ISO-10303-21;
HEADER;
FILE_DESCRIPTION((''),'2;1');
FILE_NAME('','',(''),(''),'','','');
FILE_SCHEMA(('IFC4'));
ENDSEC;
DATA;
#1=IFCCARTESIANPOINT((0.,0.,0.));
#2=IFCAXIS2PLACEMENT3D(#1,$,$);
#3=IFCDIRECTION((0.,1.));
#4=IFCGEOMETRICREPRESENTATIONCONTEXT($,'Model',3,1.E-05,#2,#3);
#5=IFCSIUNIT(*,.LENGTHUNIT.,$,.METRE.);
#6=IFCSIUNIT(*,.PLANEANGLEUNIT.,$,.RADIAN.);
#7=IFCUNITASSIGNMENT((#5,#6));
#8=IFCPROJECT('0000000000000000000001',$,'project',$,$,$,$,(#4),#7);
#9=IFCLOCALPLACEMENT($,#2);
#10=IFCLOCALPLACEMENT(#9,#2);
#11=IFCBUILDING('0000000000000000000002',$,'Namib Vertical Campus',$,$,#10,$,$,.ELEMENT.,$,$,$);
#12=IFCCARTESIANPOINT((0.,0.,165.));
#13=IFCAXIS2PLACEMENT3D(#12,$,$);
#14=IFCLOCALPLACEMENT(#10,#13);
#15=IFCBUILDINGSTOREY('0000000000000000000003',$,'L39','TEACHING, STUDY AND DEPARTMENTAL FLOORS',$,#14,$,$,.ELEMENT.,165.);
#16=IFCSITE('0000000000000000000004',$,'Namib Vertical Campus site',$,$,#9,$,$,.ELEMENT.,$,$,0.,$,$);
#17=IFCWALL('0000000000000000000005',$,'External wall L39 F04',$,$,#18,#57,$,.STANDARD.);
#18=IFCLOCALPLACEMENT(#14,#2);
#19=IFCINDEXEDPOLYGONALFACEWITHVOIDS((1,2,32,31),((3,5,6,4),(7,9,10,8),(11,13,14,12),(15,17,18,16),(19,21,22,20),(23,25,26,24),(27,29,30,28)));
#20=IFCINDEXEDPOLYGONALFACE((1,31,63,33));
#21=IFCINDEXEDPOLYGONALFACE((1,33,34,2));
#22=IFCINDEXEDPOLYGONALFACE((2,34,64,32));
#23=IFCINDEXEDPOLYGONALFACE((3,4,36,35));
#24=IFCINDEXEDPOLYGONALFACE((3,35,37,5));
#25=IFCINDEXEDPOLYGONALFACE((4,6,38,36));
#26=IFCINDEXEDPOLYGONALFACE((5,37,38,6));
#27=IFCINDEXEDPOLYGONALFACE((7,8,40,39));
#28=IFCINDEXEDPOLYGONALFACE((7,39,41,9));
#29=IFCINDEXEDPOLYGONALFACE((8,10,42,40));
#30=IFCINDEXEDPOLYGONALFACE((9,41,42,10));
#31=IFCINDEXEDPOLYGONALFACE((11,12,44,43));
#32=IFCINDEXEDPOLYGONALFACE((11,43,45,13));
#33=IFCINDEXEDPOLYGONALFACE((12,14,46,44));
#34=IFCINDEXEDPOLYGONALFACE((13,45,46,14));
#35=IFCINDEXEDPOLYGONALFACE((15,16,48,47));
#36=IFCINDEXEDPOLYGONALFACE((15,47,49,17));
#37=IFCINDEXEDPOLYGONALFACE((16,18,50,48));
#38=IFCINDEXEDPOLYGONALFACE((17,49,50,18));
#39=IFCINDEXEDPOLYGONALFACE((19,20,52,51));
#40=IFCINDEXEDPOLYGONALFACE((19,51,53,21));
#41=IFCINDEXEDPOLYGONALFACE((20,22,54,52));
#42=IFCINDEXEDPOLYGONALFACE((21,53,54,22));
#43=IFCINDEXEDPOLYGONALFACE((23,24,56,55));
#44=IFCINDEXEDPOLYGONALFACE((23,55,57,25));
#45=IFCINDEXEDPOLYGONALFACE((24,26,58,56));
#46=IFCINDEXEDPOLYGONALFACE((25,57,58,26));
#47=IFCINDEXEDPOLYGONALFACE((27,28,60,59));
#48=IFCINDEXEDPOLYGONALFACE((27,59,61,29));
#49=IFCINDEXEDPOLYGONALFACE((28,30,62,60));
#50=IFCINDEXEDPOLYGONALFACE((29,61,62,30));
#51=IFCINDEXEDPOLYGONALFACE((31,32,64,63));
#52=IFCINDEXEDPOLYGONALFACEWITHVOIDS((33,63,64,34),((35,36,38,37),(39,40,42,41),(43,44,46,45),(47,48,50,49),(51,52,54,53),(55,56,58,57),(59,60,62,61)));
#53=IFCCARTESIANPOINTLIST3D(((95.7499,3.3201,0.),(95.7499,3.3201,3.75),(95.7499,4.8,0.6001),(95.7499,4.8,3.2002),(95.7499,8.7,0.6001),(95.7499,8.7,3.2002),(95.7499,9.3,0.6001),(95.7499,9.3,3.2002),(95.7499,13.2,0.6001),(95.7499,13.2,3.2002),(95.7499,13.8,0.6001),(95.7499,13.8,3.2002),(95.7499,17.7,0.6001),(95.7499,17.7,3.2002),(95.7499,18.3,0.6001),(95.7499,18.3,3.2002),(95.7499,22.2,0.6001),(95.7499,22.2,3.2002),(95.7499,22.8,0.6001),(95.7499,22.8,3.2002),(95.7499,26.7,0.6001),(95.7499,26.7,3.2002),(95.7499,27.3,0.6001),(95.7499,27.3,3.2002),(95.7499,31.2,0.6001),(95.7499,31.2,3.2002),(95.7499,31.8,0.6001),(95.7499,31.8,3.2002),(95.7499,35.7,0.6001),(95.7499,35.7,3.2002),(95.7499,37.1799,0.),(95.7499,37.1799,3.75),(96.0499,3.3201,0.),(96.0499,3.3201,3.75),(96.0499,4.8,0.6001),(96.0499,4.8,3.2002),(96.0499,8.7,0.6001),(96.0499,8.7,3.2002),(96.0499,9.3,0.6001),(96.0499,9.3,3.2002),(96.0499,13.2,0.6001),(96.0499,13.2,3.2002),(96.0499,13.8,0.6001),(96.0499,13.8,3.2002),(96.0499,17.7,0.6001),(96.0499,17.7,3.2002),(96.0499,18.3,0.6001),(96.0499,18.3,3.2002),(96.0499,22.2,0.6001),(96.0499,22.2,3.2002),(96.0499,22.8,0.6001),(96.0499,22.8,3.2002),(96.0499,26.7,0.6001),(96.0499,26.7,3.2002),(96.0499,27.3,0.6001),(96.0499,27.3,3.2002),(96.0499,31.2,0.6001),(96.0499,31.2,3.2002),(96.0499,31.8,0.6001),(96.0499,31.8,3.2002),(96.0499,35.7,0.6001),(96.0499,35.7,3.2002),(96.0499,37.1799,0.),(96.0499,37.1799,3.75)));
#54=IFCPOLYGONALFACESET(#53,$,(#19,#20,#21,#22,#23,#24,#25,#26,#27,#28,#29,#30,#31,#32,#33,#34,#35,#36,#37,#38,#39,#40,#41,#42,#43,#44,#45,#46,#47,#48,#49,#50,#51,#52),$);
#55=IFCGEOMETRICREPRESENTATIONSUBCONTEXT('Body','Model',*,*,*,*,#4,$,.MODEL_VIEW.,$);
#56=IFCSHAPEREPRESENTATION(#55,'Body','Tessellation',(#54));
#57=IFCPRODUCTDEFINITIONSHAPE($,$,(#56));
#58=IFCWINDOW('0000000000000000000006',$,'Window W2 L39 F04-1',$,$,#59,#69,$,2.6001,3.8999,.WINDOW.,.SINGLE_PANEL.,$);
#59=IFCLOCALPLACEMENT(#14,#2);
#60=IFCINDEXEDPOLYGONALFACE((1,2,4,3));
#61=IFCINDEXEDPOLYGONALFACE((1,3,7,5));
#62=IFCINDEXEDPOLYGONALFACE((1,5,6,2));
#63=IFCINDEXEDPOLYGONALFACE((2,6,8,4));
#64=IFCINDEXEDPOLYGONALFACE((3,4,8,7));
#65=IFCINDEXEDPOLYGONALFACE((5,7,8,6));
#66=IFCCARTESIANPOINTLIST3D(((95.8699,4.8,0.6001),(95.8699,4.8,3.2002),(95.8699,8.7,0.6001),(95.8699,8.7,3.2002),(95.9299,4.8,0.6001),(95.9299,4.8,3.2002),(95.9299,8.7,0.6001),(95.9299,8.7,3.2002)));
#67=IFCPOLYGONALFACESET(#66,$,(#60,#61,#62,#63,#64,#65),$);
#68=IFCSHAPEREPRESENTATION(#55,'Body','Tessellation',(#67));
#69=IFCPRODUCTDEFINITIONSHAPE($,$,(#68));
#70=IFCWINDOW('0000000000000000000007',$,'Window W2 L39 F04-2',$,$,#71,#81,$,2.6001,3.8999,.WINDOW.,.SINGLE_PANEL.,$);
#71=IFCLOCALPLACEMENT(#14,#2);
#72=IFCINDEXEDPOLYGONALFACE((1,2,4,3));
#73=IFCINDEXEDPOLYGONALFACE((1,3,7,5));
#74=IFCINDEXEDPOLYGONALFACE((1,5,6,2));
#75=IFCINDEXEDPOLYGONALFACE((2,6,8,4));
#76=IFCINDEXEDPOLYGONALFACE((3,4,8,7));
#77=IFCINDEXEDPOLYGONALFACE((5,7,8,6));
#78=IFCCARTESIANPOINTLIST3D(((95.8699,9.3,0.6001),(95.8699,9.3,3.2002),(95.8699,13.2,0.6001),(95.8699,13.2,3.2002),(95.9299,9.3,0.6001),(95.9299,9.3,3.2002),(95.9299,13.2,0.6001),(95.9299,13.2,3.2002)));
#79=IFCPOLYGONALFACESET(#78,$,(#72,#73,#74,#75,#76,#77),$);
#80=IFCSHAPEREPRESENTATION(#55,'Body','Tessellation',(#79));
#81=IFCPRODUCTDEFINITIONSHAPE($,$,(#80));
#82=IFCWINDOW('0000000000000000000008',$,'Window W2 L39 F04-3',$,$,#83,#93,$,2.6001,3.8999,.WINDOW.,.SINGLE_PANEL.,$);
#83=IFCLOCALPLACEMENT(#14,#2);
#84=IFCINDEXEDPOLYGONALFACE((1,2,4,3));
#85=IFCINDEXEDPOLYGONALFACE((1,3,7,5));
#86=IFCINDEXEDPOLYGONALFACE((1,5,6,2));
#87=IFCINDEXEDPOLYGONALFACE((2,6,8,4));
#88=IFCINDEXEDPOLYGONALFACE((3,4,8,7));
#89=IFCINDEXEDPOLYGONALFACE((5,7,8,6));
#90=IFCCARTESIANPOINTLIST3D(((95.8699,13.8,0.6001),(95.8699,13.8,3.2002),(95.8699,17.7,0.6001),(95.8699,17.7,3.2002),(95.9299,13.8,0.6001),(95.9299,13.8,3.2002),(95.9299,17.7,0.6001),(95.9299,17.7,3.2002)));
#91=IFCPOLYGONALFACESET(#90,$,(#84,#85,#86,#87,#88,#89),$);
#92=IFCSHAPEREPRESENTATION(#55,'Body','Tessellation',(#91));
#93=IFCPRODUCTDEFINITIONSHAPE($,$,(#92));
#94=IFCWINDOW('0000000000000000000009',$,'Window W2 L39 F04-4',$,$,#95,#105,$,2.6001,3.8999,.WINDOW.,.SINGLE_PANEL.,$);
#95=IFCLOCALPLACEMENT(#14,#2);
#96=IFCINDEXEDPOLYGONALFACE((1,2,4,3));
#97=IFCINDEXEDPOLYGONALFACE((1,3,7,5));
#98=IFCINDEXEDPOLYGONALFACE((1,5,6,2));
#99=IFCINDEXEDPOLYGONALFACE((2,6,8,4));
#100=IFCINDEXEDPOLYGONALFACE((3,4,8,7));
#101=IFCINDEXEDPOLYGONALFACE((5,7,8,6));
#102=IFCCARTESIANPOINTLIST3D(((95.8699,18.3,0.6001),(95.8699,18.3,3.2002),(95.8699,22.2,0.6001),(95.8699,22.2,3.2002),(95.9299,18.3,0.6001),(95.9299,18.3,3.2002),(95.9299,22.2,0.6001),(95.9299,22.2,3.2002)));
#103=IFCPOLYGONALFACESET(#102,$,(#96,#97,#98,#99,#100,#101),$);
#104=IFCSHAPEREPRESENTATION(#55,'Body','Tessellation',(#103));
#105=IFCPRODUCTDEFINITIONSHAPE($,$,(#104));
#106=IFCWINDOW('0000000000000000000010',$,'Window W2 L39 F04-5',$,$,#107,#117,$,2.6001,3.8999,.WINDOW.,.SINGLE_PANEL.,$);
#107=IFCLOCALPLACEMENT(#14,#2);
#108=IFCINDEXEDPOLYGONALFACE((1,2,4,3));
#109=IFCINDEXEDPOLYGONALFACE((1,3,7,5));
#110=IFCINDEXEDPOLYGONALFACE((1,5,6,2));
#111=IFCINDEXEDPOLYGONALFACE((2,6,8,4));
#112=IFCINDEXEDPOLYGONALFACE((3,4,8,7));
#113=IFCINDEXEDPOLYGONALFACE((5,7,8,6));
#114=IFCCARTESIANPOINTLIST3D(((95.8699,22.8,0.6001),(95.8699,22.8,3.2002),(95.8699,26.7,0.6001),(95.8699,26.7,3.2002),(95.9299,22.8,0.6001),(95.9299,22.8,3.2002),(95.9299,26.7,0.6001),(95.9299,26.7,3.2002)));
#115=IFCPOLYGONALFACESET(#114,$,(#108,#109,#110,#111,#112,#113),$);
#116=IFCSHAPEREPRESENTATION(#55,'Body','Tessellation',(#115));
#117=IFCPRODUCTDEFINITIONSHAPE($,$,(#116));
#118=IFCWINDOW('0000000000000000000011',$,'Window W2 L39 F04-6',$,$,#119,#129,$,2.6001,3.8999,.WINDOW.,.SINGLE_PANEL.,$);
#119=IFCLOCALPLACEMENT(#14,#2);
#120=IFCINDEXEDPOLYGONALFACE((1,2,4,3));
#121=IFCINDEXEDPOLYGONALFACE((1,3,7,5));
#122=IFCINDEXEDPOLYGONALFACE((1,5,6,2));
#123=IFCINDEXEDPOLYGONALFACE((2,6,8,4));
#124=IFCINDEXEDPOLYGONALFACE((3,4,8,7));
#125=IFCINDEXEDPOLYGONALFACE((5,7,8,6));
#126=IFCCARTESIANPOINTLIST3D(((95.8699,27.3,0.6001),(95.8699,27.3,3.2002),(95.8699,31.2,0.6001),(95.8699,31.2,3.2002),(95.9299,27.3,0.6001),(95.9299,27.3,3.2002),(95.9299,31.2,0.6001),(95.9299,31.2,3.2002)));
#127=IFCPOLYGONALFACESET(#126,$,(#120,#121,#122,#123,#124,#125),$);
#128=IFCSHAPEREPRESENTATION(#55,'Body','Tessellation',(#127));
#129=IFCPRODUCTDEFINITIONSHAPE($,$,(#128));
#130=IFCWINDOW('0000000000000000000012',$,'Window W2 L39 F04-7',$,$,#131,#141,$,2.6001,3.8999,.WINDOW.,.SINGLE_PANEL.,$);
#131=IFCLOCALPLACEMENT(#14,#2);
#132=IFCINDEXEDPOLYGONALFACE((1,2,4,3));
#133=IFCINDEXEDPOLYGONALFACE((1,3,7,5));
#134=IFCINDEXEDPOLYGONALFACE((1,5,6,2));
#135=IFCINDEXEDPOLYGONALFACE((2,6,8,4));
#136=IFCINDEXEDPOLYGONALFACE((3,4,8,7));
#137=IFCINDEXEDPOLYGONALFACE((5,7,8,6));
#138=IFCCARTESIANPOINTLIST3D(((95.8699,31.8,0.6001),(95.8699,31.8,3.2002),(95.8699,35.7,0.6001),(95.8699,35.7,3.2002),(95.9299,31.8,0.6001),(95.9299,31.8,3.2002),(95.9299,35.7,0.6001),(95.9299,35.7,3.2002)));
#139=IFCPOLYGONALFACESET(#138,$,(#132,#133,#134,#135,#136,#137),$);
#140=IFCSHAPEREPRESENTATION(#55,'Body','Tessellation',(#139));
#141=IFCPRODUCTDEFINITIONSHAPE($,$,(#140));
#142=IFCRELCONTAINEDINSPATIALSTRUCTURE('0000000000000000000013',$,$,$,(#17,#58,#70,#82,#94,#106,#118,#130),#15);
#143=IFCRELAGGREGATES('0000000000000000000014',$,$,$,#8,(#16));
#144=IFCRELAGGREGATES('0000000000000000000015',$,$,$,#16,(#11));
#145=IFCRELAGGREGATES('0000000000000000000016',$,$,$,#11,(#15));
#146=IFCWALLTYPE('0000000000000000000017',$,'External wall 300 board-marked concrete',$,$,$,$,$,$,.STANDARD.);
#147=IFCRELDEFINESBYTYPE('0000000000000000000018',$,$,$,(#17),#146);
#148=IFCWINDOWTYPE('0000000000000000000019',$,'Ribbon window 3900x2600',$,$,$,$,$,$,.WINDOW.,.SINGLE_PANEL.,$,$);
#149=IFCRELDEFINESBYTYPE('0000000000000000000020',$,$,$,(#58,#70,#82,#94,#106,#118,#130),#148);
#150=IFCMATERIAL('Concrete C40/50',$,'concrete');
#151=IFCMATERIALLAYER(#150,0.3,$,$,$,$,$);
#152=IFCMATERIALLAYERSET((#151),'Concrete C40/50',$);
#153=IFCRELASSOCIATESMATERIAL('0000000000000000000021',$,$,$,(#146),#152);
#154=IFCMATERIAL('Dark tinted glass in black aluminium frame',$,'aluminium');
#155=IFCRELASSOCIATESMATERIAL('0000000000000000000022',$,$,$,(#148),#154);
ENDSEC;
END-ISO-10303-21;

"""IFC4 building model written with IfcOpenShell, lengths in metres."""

from ifc_helpers import new_model, si_unit, direction, frame, frame_2d, origin, place, context, subcontext, project, spatial, rectangle, extrude, material, layer, layer_set, type_object, element, fill, save


model = new_model("IFC4")

# Units and contexts
model_context = context("Model", 3, precision=1e-05, world=origin(), true_north=direction((0.0, 1.0)))
body_context = subcontext(model_context, "Body", "Model", "MODEL_VIEW")
ifc_project = project(units=[si_unit("LENGTHUNIT", "METRE"), si_unit("PLANEANGLEUNIT", "RADIAN")], contexts=[model_context])

# Site, building, storey
site_placement = place(None, origin())
site = spatial("IfcSite", under=ifc_project, at=site_placement, Name="Namib Vertical Campus site", CompositionType="ELEMENT", RefElevation=0.0)
building_placement = place(site_placement, origin())
building = spatial("IfcBuilding", under=site, at=building_placement, Name="Namib Vertical Campus", CompositionType="ELEMENT")
storey_placement = place(building_placement, frame((0.0, 0.0, 165.0)))
storey = spatial("IfcBuildingStorey", under=building, at=storey_placement, Name="L39", Description="TEACHING, STUDY AND DEPARTMENTAL FLOORS", CompositionType="ELEMENT", Elevation=165.0)

# Wall, openings, windows
ifc_material_1 = material(Name="Concrete C40/50", Category="concrete")
ifc_layer_1 = layer(ifc_material_1, 0.3)
ifc_layer_set_1 = layer_set([ifc_layer_1], Name="Concrete C40/50")
wall_type_1 = type_object("IfcWallType", Name="External wall 300 board-marked concrete", PredefinedType="STANDARD", material=ifc_layer_set_1)
wall_1_placement = place(storey_placement, frame((95.8999, 3.3201, 0.0), z_axis=(0.0, 0.0, 1.0), x_axis=(0.0, 1.0, 0.0)))
wall_1 = element("IfcWall", 1, at=wall_1_placement, inside=storey, type_object=wall_type_1, Name="External wall L39 F04", PredefinedType="STANDARD", context=body_context, shape_type="SweptSolid", body=[
    extrude(rectangle(XDim=33.8599, YDim=0.3, at=frame_2d((16.9299, 0.0))), origin(), (0.0, 0.0, 1.0), 3.75),
])
opening_1_placement = place(wall_1_placement, frame((1.48, 0.0, 0.6001)))
opening_1 = element("IfcOpeningElement", 2, at=opening_1_placement, cuts=wall_1, PredefinedType="OPENING", context=body_context, shape_type="SweptSolid", body=[
    extrude(rectangle(XDim=3.8999, YDim=2.6001, at=frame_2d((1.95, 1.3))), frame((0.0, 0.1599, 0.0), z_axis=(0.0, -1.0, 0.0), x_axis=(1.0, 0.0, 0.0)), (0.0, 0.0, 1.0), 0.3201),
])
opening_2_placement = place(wall_1_placement, frame((5.98, 0.0, 0.6001)))
opening_2 = element("IfcOpeningElement", 3, at=opening_2_placement, cuts=wall_1, PredefinedType="OPENING", context=body_context, shape_type="SweptSolid", body=[
    extrude(rectangle(XDim=3.8999, YDim=2.6001, at=frame_2d((1.95, 1.3))), frame((0.0, 0.1599, 0.0), z_axis=(0.0, -1.0, 0.0), x_axis=(1.0, 0.0, 0.0)), (0.0, 0.0, 1.0), 0.3201),
])
opening_3_placement = place(wall_1_placement, frame((10.48, 0.0, 0.6001)))
opening_3 = element("IfcOpeningElement", 4, at=opening_3_placement, cuts=wall_1, PredefinedType="OPENING", context=body_context, shape_type="SweptSolid", body=[
    extrude(rectangle(XDim=3.8999, YDim=2.6001, at=frame_2d((1.95, 1.3))), frame((0.0, 0.1599, 0.0), z_axis=(0.0, -1.0, 0.0), x_axis=(1.0, 0.0, 0.0)), (0.0, 0.0, 1.0), 0.3201),
])
opening_4_placement = place(wall_1_placement, frame((14.98, 0.0, 0.6001)))
opening_4 = element("IfcOpeningElement", 5, at=opening_4_placement, cuts=wall_1, PredefinedType="OPENING", context=body_context, shape_type="SweptSolid", body=[
    extrude(rectangle(XDim=3.8999, YDim=2.6001, at=frame_2d((1.95, 1.3))), frame((0.0, 0.1599, 0.0), z_axis=(0.0, -1.0, 0.0), x_axis=(1.0, 0.0, 0.0)), (0.0, 0.0, 1.0), 0.3201),
])
opening_5_placement = place(wall_1_placement, frame((19.48, 0.0, 0.6001)))
opening_5 = element("IfcOpeningElement", 6, at=opening_5_placement, cuts=wall_1, PredefinedType="OPENING", context=body_context, shape_type="SweptSolid", body=[
    extrude(rectangle(XDim=3.8999, YDim=2.6001, at=frame_2d((1.95, 1.3))), frame((0.0, 0.1599, 0.0), z_axis=(0.0, -1.0, 0.0), x_axis=(1.0, 0.0, 0.0)), (0.0, 0.0, 1.0), 0.3201),
])
opening_6_placement = place(wall_1_placement, frame((23.98, 0.0, 0.6001)))
opening_6 = element("IfcOpeningElement", 7, at=opening_6_placement, cuts=wall_1, PredefinedType="OPENING", context=body_context, shape_type="SweptSolid", body=[
    extrude(rectangle(XDim=3.8999, YDim=2.6001, at=frame_2d((1.95, 1.3))), frame((0.0, 0.1599, 0.0), z_axis=(0.0, -1.0, 0.0), x_axis=(1.0, 0.0, 0.0)), (0.0, 0.0, 1.0), 0.3201),
])
opening_7_placement = place(wall_1_placement, frame((28.48, 0.0, 0.6001)))
opening_7 = element("IfcOpeningElement", 8, at=opening_7_placement, cuts=wall_1, PredefinedType="OPENING", context=body_context, shape_type="SweptSolid", body=[
    extrude(rectangle(XDim=3.8999, YDim=2.6001, at=frame_2d((1.95, 1.3))), frame((0.0, 0.1599, 0.0), z_axis=(0.0, -1.0, 0.0), x_axis=(1.0, 0.0, 0.0)), (0.0, 0.0, 1.0), 0.3201),
])
ifc_material_2 = material(Name="Dark tinted glass in black aluminium frame", Category="aluminium")
window_type = type_object("IfcWindowType", Name="Ribbon window 3900x2600", PartitioningType="SINGLE_PANEL", PredefinedType="WINDOW", material=ifc_material_2)
window_1_placement = place(opening_1_placement, origin())
window_1 = element("IfcWindow", 9, at=window_1_placement, inside=storey, type_object=window_type, Name="Window W2 L39 F04-1", OverallHeight=2.6001, OverallWidth=3.8999, PartitioningType="SINGLE_PANEL", PredefinedType="WINDOW", context=body_context, shape_type="SweptSolid", body=[
    extrude(rectangle(XDim=3.8999, YDim=2.6001, at=frame_2d((1.95, 1.3))), frame((0.0, 0.03, 0.0), z_axis=(0.0, -1.0, 0.0), x_axis=(1.0, 0.0, 0.0)), (0.0, 0.0, 1.0), 0.0601),
])
fill(opening_1, window_1)
window_2_placement = place(opening_2_placement, origin())
window_2 = element("IfcWindow", 10, at=window_2_placement, inside=storey, type_object=window_type, Name="Window W2 L39 F04-2", OverallHeight=2.6001, OverallWidth=3.8999, PartitioningType="SINGLE_PANEL", PredefinedType="WINDOW", context=body_context, shape_type="SweptSolid", body=[
    extrude(rectangle(XDim=3.8999, YDim=2.6001, at=frame_2d((1.95, 1.3))), frame((0.0, 0.03, 0.0), z_axis=(0.0, -1.0, 0.0), x_axis=(1.0, 0.0, 0.0)), (0.0, 0.0, 1.0), 0.0601),
])
fill(opening_2, window_2)
window_3_placement = place(opening_3_placement, origin())
window_3 = element("IfcWindow", 11, at=window_3_placement, inside=storey, type_object=window_type, Name="Window W2 L39 F04-3", OverallHeight=2.6001, OverallWidth=3.8999, PartitioningType="SINGLE_PANEL", PredefinedType="WINDOW", context=body_context, shape_type="SweptSolid", body=[
    extrude(rectangle(XDim=3.8999, YDim=2.6001, at=frame_2d((1.95, 1.3))), frame((0.0, 0.03, 0.0), z_axis=(0.0, -1.0, 0.0), x_axis=(1.0, 0.0, 0.0)), (0.0, 0.0, 1.0), 0.0601),
])
fill(opening_3, window_3)
window_4_placement = place(opening_4_placement, origin())
window_4 = element("IfcWindow", 12, at=window_4_placement, inside=storey, type_object=window_type, Name="Window W2 L39 F04-4", OverallHeight=2.6001, OverallWidth=3.8999, PartitioningType="SINGLE_PANEL", PredefinedType="WINDOW", context=body_context, shape_type="SweptSolid", body=[
    extrude(rectangle(XDim=3.8999, YDim=2.6001, at=frame_2d((1.95, 1.3))), frame((0.0, 0.03, 0.0), z_axis=(0.0, -1.0, 0.0), x_axis=(1.0, 0.0, 0.0)), (0.0, 0.0, 1.0), 0.0601),
])
fill(opening_4, window_4)
window_5_placement = place(opening_5_placement, origin())
window_5 = element("IfcWindow", 13, at=window_5_placement, inside=storey, type_object=window_type, Name="Window W2 L39 F04-5", OverallHeight=2.6001, OverallWidth=3.8999, PartitioningType="SINGLE_PANEL", PredefinedType="WINDOW", context=body_context, shape_type="SweptSolid", body=[
    extrude(rectangle(XDim=3.8999, YDim=2.6001, at=frame_2d((1.95, 1.3))), frame((0.0, 0.03, 0.0), z_axis=(0.0, -1.0, 0.0), x_axis=(1.0, 0.0, 0.0)), (0.0, 0.0, 1.0), 0.0601),
])
fill(opening_5, window_5)
window_6_placement = place(opening_6_placement, origin())
window_6 = element("IfcWindow", 14, at=window_6_placement, inside=storey, type_object=window_type, Name="Window W2 L39 F04-6", OverallHeight=2.6001, OverallWidth=3.8999, PartitioningType="SINGLE_PANEL", PredefinedType="WINDOW", context=body_context, shape_type="SweptSolid", body=[
    extrude(rectangle(XDim=3.8999, YDim=2.6001, at=frame_2d((1.95, 1.3))), frame((0.0, 0.03, 0.0), z_axis=(0.0, -1.0, 0.0), x_axis=(1.0, 0.0, 0.0)), (0.0, 0.0, 1.0), 0.0601),
])
fill(opening_6, window_6)
window_7_placement = place(opening_7_placement, origin())
window_7 = element("IfcWindow", 15, at=window_7_placement, inside=storey, type_object=window_type, Name="Window W2 L39 F04-7", OverallHeight=2.6001, OverallWidth=3.8999, PartitioningType="SINGLE_PANEL", PredefinedType="WINDOW", context=body_context, shape_type="SweptSolid", body=[
    extrude(rectangle(XDim=3.8999, YDim=2.6001, at=frame_2d((1.95, 1.3))), frame((0.0, 0.03, 0.0), z_axis=(0.0, -1.0, 0.0), x_axis=(1.0, 0.0, 0.0)), (0.0, 0.0, 1.0), 0.0601),
])
fill(opening_7, window_7)

save(model, "model.ifc")
